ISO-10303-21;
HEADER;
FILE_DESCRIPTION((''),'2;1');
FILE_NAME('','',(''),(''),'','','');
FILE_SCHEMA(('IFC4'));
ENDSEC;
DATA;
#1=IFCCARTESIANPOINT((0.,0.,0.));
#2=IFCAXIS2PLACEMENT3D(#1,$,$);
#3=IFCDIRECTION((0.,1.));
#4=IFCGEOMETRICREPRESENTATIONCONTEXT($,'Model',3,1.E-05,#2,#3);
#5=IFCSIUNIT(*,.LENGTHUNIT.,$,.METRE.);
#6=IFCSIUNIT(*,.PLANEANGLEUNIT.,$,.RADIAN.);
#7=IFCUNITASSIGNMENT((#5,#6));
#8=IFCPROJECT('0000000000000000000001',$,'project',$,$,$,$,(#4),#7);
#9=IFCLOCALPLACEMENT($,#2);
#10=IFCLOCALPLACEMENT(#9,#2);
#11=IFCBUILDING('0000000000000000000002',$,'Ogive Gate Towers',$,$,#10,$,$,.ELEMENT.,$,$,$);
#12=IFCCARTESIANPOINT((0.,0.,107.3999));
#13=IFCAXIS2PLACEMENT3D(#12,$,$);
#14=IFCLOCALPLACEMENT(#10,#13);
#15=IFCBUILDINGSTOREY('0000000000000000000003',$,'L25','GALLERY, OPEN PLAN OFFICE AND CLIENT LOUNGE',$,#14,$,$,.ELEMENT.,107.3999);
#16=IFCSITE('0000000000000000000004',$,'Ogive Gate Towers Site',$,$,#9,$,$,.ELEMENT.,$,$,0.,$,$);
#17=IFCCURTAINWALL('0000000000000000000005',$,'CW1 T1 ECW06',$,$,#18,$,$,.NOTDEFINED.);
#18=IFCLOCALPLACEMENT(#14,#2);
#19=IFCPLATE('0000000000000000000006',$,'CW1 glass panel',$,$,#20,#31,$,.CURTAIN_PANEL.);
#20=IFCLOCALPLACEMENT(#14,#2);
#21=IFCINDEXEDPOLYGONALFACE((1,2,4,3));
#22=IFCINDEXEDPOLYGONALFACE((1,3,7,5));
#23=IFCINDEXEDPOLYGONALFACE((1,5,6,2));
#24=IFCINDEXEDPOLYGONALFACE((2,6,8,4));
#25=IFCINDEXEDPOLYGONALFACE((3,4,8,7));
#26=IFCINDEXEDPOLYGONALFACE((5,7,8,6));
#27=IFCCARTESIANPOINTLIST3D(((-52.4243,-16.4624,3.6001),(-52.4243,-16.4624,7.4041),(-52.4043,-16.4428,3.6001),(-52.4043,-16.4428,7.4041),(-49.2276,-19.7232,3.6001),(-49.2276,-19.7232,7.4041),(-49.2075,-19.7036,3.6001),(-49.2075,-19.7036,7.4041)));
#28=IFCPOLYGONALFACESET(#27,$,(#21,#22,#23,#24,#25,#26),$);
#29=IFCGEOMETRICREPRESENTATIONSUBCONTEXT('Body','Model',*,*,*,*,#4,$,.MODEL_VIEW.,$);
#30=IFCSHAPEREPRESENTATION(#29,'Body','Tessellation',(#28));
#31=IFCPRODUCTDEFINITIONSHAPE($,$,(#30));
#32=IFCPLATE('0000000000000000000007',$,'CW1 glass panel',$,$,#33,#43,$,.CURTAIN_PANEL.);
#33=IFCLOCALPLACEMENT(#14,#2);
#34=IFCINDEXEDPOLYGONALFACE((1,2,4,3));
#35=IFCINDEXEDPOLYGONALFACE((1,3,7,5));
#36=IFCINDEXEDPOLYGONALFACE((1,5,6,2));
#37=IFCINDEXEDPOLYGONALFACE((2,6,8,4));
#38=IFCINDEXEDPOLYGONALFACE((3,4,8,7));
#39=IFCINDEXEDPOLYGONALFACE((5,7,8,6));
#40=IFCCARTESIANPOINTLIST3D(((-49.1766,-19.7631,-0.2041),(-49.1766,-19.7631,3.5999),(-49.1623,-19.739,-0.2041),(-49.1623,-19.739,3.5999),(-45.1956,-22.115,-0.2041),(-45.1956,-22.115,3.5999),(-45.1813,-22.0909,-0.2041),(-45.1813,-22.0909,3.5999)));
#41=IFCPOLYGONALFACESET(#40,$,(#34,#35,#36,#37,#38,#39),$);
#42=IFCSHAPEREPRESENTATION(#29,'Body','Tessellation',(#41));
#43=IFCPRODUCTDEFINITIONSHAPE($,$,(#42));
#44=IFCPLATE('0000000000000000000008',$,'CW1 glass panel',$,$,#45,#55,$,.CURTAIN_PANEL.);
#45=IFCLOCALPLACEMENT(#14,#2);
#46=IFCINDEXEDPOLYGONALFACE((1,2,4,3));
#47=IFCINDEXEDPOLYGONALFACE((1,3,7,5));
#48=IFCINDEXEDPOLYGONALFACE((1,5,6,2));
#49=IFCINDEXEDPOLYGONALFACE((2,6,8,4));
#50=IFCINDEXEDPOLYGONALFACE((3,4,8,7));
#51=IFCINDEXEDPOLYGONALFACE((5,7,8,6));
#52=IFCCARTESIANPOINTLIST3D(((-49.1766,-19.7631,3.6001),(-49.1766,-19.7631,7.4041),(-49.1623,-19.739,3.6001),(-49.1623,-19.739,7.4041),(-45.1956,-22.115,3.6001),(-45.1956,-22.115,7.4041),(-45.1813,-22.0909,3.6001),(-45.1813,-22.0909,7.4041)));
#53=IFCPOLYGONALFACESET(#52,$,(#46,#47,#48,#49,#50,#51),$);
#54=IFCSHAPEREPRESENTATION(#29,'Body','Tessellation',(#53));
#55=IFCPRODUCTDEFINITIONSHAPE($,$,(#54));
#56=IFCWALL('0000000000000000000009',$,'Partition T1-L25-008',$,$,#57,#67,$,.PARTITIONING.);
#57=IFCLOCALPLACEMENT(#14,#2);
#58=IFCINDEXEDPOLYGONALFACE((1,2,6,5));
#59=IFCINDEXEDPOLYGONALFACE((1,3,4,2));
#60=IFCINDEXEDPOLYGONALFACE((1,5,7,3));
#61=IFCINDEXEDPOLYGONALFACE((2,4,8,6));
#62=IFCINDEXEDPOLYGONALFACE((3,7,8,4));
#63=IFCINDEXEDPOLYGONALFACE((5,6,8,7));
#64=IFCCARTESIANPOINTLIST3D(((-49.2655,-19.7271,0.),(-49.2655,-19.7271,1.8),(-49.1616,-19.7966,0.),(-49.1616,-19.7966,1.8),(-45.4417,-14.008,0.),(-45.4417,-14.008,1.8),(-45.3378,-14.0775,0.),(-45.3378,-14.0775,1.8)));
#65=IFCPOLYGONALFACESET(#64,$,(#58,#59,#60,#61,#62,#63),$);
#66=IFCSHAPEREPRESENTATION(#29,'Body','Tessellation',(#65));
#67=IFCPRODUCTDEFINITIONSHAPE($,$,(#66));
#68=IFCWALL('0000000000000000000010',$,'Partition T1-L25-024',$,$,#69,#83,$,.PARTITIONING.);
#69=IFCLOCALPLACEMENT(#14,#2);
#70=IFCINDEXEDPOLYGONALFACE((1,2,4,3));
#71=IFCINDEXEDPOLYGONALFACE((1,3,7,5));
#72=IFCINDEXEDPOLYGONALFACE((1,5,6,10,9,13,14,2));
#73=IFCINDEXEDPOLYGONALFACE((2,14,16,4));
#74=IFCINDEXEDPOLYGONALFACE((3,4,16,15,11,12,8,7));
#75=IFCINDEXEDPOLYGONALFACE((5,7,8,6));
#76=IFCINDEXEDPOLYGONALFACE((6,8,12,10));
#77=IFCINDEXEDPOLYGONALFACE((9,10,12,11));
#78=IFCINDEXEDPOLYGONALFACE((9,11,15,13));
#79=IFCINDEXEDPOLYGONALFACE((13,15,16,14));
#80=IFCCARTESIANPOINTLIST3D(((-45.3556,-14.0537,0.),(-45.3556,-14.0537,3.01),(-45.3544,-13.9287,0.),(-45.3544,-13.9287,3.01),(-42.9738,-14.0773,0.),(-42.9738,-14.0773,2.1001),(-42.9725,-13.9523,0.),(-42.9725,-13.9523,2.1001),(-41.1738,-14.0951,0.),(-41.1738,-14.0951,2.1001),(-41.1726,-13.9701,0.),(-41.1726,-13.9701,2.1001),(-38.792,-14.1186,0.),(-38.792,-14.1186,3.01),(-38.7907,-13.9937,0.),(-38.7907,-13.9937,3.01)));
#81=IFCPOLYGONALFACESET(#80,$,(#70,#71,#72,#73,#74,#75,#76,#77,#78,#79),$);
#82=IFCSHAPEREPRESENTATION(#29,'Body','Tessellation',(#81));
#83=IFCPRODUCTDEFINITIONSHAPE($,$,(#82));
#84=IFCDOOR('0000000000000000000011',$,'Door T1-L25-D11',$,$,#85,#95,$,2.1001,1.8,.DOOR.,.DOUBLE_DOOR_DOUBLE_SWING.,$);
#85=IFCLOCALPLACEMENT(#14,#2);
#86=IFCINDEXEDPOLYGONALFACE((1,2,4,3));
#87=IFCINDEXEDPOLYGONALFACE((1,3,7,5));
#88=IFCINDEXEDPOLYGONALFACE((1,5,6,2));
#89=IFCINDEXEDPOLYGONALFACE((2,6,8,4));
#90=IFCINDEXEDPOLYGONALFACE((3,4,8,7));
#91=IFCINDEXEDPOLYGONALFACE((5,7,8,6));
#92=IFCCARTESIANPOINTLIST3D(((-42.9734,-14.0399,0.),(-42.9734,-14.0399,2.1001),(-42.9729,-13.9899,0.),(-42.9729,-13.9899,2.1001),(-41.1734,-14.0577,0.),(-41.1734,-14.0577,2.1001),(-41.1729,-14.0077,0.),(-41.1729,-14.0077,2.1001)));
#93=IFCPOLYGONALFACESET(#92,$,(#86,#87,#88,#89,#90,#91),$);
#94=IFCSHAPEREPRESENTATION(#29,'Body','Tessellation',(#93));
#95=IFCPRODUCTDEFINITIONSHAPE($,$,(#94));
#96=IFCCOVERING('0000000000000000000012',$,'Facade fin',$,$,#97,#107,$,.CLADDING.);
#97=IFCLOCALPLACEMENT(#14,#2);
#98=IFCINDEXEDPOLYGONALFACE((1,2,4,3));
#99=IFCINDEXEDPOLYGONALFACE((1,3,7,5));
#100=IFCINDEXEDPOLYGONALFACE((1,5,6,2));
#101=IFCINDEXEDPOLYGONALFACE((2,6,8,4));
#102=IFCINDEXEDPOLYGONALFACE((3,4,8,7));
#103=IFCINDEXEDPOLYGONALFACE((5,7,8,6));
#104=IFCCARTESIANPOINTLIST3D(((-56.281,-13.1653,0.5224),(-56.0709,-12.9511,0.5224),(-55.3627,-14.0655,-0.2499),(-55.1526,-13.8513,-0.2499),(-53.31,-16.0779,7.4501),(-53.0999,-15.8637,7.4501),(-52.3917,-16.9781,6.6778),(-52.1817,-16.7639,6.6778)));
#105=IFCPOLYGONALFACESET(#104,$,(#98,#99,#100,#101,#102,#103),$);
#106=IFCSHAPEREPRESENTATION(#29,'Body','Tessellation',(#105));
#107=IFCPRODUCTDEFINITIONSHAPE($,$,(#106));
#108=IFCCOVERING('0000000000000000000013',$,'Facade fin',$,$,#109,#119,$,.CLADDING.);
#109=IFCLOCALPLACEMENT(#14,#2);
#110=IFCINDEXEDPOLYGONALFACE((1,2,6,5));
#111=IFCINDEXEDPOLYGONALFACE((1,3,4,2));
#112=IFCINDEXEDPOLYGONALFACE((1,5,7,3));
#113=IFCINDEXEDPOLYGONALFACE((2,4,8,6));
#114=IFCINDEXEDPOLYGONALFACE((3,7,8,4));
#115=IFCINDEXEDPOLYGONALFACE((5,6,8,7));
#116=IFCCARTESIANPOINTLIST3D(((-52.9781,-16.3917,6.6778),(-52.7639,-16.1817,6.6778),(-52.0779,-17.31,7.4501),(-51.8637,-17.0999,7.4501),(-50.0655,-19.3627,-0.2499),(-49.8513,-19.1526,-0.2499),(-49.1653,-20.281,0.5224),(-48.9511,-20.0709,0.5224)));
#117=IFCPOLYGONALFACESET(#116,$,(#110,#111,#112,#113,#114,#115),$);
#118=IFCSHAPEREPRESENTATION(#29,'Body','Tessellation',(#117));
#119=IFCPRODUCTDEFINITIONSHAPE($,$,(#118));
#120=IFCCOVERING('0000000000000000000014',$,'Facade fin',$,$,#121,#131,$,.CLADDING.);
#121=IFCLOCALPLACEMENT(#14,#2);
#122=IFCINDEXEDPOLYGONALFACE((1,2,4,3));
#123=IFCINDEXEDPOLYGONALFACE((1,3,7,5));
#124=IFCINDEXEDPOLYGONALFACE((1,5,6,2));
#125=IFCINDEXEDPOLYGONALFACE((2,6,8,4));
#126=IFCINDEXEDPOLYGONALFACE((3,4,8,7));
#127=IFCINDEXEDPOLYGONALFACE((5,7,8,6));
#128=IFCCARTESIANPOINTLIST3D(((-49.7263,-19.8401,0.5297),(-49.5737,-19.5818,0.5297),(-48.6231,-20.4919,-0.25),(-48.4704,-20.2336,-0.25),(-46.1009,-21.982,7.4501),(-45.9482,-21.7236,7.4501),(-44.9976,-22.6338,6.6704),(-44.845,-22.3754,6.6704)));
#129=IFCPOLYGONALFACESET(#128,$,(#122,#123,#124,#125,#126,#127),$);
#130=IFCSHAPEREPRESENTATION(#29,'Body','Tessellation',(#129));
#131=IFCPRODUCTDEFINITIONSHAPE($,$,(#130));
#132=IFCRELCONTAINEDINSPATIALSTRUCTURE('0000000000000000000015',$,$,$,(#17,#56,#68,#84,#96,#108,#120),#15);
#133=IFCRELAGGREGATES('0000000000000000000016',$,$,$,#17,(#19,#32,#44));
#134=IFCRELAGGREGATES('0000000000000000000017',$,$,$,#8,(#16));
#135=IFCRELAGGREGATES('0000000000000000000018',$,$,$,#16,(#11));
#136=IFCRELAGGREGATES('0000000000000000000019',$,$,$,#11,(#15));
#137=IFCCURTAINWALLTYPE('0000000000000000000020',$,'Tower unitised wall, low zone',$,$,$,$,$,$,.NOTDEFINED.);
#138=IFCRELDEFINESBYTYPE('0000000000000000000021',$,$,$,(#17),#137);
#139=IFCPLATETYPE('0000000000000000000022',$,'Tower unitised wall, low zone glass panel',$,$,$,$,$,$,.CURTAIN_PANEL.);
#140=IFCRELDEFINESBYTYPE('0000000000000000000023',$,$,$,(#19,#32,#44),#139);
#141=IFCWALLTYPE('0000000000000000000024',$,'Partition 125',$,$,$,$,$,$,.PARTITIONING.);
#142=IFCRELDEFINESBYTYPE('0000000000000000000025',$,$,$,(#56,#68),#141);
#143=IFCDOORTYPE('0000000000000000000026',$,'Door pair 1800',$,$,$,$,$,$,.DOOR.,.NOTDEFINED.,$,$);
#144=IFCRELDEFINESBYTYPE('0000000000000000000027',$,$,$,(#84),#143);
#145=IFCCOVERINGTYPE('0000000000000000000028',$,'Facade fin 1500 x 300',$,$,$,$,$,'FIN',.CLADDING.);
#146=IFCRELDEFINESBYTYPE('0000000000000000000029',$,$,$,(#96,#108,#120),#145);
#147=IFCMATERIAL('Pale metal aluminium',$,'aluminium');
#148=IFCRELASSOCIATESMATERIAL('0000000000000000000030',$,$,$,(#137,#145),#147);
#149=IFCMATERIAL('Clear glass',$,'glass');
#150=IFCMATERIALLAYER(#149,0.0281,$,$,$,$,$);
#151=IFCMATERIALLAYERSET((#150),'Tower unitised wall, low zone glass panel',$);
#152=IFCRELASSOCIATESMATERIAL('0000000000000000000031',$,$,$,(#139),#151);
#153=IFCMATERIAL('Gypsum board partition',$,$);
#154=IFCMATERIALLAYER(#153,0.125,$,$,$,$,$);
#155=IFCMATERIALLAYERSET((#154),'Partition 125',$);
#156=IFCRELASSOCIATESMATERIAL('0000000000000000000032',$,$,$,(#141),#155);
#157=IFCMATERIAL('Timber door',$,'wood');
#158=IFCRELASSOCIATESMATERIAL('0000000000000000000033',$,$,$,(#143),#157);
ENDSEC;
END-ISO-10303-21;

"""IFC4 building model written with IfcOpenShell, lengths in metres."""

from ifc_helpers import new_model, si_unit, direction, frame, frame_2d, origin, origin_2d, place, context, subcontext, project, spatial, rectangle, extrude, material, layer, layer_set, material_profile, profile_set, type_object, element, fill, aggregate, save


model = new_model("IFC4")

# Units and contexts
model_context = context("Model", 3, precision=1e-05, world=origin(), true_north=direction((0.0, 1.0)))
body_context = subcontext(model_context, "Body", "Model", "MODEL_VIEW")
ifc_project = project(units=[si_unit("LENGTHUNIT", "METRE"), si_unit("PLANEANGLEUNIT", "RADIAN")], contexts=[model_context])

# Site, building, storey
site_placement = place(None, origin())
site = spatial("IfcSite", under=ifc_project, at=site_placement, Name="Ogive Gate Towers Site", CompositionType="ELEMENT", RefElevation=0.0)
building_placement = place(site_placement, origin())
building = spatial("IfcBuilding", under=site, at=building_placement, Name="Ogive Gate Towers", CompositionType="ELEMENT")
storey_placement = place(building_placement, frame((0.0, 0.0, 107.3999)))
storey = spatial("IfcBuildingStorey", under=building, at=storey_placement, Name="L25", Description="GALLERY, OPEN PLAN OFFICE AND CLIENT LOUNGE", CompositionType="ELEMENT", Elevation=107.3999)

# Shared definitions
ifc_material_1 = material(Name="Pale metal aluminium", Category="aluminium")
curtain_wall_type = type_object("IfcCurtainWallType", Name="Tower unitised wall, low zone", PredefinedType="NOTDEFINED", material=ifc_material_1)

# Curtain wall
curtain_wall_1_placement = place(storey_placement, origin())
curtain_wall_1 = element("IfcCurtainWall", 1, at=curtain_wall_1_placement, inside=storey, type_object=curtain_wall_type, Name="CW1 T1 ECW06", PredefinedType="NOTDEFINED")

# Plates
ifc_material_2 = material(Name="Clear glass", Category="glass")
ifc_layer_1 = layer(ifc_material_2, 0.0281)
ifc_layer_set_1 = layer_set([ifc_layer_1], Name="Tower unitised wall, low zone glass panel")
plate_type = type_object("IfcPlateType", Name="Tower unitised wall, low zone glass panel", PredefinedType="CURTAIN_PANEL", material=ifc_layer_set_1)
plate_1_placement = place(storey_placement, frame((-50.8159, -18.083, 3.6001), z_axis=(0.0, 0.0, 1.0), x_axis=(0.700062, -0.714082, 0.0)))
plate_1 = element("IfcPlate", 2, at=plate_1_placement, type_object=plate_type, Name="CW1 glass panel", PredefinedType="CURTAIN_PANEL", context=body_context, shape_type="SweptSolid", body=[
    extrude(rectangle(XDim=4.5664, YDim=0.0281, at=origin_2d()), origin(), (0.0, 0.0, 1.0), 3.804),
])
plate_2_placement = place(storey_placement, frame((-47.179, -20.927, -0.2041), z_axis=(0.0, 0.0, 1.0), x_axis=(0.860973, -0.508651, 0.0)))
plate_2 = element("IfcPlate", 3, at=plate_2_placement, type_object=plate_type, Name="CW1 glass panel", PredefinedType="CURTAIN_PANEL", context=body_context, shape_type="SweptSolid", body=[
    extrude(rectangle(XDim=4.6238, YDim=0.0281, at=origin_2d()), origin(), (0.0, 0.0, 1.0), 3.804),
])
plate_3_placement = place(storey_placement, frame((-47.179, -20.927, 3.6001), z_axis=(0.0, 0.0, 1.0), x_axis=(0.860973, -0.508651, 0.0)))
plate_3 = element("IfcPlate", 4, at=plate_3_placement, type_object=plate_type, Name="CW1 glass panel", PredefinedType="CURTAIN_PANEL", context=body_context, shape_type="SweptSolid", body=[
    extrude(rectangle(XDim=4.6238, YDim=0.0281, at=origin_2d()), origin(), (0.0, 0.0, 1.0), 3.804),
])
aggregate(curtain_wall_1, [plate_1, plate_2, plate_3])

# Wall
ifc_material_3 = material(Name="Gypsum board partition")
ifc_layer_2 = layer(ifc_material_3, 0.125)
ifc_layer_set_2 = layer_set([ifc_layer_2], Name="Partition 125")
wall_type = type_object("IfcWallType", Name="Partition 125", PredefinedType="PARTITIONING", material=ifc_layer_set_2)
wall_1_placement = place(storey_placement, frame((-49.2136, -19.762, 0.0), z_axis=(0.0, 0.0, 1.0), x_axis=(0.555813, 0.831307, 0.0)))
element("IfcWall", 5, at=wall_1_placement, inside=storey, type_object=wall_type, Name="Partition T1-L25-008", PredefinedType="PARTITIONING", context=body_context, shape_type="SweptSolid", body=[
    extrude(rectangle(XDim=6.8796, YDim=0.125, at=frame_2d((3.4399, 0.0))), origin(), (0.0, 0.0, 1.0), 1.8),
])

# Wall, opening, door
wall_2_placement = place(storey_placement, frame((-45.355, -13.9912, 0.0), z_axis=(0.0, 0.0, 1.0), x_axis=(0.999951, -0.009894, 0.0)))
wall_2 = element("IfcWall", 6, at=wall_2_placement, inside=storey, type_object=wall_type, Name="Partition T1-L25-024", PredefinedType="PARTITIONING", context=body_context, shape_type="SweptSolid", body=[
    extrude(rectangle(XDim=6.564, YDim=0.125, at=frame_2d((3.282, 0.0))), origin(), (0.0, 0.0, 1.0), 3.01),
])
opening_placement = place(wall_2_placement, frame((2.3821, 0.0, 0.0)))
opening = element("IfcOpeningElement", 7, at=opening_placement, cuts=wall_2, PredefinedType="OPENING", context=body_context, shape_type="SweptSolid", body=[
    extrude(rectangle(XDim=1.8, YDim=2.1001, at=frame_2d((0.8999, 1.05))), frame((0.0, 0.0725, 0.0), z_axis=(0.0, -1.0, 0.0), x_axis=(1.0, 0.0, 0.0)), (0.0, 0.0, 1.0), 0.145),
])
ifc_material_4 = material(Name="Timber door", Category="wood")
door_type = type_object("IfcDoorType", Name="Door pair 1800", OperationType="NOTDEFINED", PredefinedType="DOOR", material=ifc_material_4)
door_placement = place(opening_placement, origin())
door = element("IfcDoor", 8, at=door_placement, inside=storey, type_object=door_type, Name="Door T1-L25-D11", OperationType="DOUBLE_DOOR_DOUBLE_SWING", OverallHeight=2.1001, OverallWidth=1.8, PredefinedType="DOOR", context=body_context, shape_type="SweptSolid", body=[
    extrude(rectangle(XDim=1.8, YDim=2.1001, at=frame_2d((0.8999, 1.05))), frame((0.0, 0.0249, 0.0), z_axis=(0.0, -1.0, 0.0), x_axis=(1.0, 0.0, 0.0)), (0.0, 0.0, 1.0), 0.05),
])
fill(opening, door)

# Coverings
ifc_material_profile_1 = material_profile(ifc_material_1, rectangle(XDim=0.3, YDim=1.5, at=origin_2d()), Name="1500 x 300 pale metal aluminium")
ifc_profile_set_1 = profile_set([ifc_material_profile_1], Name="Pale metal aluminium")
covering_type = type_object("IfcCoveringType", Name="Facade fin 1500 x 300", ElementType="FIN", PredefinedType="CLADDING", material=ifc_profile_set_1)
for number, where, z_axis, x_axis, name in (
    (9, (-55.7168, -13.5083, 0.1362), (0.367644, -0.360423, 0.857282), (0.70006, 0.714084, 0.0), "Facade fin"),
    (10, (-49.5083, -19.7168, 0.1362), (-0.360423, 0.367644, 0.857282), (-0.714084, -0.70006, 0.0), "Facade fin"),
):
    element("IfcCovering", number, at=place(storey_placement, frame(where, z_axis=z_axis, x_axis=x_axis)), inside=storey, type_object=covering_type, Name=name, PredefinedType="CLADDING", context=body_context, shape_type="SweptSolid", body=[
        extrude(rectangle(XDim=0.3, YDim=1.5, at=origin_2d()), origin(), (0.0, 0.0, 1.0), 8.0811),
    ])
covering_placement = place(storey_placement, frame((-49.0984, -20.0369, 0.1399), z_axis=(0.447544, -0.264398, 0.854282), x_axis=(0.508643, 0.860977, 0.0)))
element("IfcCovering", 11, at=covering_placement, inside=storey, type_object=covering_type, Name="Facade fin", PredefinedType="CLADDING", context=body_context, shape_type="SweptSolid", body=[
    extrude(rectangle(XDim=0.3, YDim=1.5, at=origin_2d()), origin(), (0.0, 0.0, 1.0), 8.1008),
])

save(model, "model.ifc")
